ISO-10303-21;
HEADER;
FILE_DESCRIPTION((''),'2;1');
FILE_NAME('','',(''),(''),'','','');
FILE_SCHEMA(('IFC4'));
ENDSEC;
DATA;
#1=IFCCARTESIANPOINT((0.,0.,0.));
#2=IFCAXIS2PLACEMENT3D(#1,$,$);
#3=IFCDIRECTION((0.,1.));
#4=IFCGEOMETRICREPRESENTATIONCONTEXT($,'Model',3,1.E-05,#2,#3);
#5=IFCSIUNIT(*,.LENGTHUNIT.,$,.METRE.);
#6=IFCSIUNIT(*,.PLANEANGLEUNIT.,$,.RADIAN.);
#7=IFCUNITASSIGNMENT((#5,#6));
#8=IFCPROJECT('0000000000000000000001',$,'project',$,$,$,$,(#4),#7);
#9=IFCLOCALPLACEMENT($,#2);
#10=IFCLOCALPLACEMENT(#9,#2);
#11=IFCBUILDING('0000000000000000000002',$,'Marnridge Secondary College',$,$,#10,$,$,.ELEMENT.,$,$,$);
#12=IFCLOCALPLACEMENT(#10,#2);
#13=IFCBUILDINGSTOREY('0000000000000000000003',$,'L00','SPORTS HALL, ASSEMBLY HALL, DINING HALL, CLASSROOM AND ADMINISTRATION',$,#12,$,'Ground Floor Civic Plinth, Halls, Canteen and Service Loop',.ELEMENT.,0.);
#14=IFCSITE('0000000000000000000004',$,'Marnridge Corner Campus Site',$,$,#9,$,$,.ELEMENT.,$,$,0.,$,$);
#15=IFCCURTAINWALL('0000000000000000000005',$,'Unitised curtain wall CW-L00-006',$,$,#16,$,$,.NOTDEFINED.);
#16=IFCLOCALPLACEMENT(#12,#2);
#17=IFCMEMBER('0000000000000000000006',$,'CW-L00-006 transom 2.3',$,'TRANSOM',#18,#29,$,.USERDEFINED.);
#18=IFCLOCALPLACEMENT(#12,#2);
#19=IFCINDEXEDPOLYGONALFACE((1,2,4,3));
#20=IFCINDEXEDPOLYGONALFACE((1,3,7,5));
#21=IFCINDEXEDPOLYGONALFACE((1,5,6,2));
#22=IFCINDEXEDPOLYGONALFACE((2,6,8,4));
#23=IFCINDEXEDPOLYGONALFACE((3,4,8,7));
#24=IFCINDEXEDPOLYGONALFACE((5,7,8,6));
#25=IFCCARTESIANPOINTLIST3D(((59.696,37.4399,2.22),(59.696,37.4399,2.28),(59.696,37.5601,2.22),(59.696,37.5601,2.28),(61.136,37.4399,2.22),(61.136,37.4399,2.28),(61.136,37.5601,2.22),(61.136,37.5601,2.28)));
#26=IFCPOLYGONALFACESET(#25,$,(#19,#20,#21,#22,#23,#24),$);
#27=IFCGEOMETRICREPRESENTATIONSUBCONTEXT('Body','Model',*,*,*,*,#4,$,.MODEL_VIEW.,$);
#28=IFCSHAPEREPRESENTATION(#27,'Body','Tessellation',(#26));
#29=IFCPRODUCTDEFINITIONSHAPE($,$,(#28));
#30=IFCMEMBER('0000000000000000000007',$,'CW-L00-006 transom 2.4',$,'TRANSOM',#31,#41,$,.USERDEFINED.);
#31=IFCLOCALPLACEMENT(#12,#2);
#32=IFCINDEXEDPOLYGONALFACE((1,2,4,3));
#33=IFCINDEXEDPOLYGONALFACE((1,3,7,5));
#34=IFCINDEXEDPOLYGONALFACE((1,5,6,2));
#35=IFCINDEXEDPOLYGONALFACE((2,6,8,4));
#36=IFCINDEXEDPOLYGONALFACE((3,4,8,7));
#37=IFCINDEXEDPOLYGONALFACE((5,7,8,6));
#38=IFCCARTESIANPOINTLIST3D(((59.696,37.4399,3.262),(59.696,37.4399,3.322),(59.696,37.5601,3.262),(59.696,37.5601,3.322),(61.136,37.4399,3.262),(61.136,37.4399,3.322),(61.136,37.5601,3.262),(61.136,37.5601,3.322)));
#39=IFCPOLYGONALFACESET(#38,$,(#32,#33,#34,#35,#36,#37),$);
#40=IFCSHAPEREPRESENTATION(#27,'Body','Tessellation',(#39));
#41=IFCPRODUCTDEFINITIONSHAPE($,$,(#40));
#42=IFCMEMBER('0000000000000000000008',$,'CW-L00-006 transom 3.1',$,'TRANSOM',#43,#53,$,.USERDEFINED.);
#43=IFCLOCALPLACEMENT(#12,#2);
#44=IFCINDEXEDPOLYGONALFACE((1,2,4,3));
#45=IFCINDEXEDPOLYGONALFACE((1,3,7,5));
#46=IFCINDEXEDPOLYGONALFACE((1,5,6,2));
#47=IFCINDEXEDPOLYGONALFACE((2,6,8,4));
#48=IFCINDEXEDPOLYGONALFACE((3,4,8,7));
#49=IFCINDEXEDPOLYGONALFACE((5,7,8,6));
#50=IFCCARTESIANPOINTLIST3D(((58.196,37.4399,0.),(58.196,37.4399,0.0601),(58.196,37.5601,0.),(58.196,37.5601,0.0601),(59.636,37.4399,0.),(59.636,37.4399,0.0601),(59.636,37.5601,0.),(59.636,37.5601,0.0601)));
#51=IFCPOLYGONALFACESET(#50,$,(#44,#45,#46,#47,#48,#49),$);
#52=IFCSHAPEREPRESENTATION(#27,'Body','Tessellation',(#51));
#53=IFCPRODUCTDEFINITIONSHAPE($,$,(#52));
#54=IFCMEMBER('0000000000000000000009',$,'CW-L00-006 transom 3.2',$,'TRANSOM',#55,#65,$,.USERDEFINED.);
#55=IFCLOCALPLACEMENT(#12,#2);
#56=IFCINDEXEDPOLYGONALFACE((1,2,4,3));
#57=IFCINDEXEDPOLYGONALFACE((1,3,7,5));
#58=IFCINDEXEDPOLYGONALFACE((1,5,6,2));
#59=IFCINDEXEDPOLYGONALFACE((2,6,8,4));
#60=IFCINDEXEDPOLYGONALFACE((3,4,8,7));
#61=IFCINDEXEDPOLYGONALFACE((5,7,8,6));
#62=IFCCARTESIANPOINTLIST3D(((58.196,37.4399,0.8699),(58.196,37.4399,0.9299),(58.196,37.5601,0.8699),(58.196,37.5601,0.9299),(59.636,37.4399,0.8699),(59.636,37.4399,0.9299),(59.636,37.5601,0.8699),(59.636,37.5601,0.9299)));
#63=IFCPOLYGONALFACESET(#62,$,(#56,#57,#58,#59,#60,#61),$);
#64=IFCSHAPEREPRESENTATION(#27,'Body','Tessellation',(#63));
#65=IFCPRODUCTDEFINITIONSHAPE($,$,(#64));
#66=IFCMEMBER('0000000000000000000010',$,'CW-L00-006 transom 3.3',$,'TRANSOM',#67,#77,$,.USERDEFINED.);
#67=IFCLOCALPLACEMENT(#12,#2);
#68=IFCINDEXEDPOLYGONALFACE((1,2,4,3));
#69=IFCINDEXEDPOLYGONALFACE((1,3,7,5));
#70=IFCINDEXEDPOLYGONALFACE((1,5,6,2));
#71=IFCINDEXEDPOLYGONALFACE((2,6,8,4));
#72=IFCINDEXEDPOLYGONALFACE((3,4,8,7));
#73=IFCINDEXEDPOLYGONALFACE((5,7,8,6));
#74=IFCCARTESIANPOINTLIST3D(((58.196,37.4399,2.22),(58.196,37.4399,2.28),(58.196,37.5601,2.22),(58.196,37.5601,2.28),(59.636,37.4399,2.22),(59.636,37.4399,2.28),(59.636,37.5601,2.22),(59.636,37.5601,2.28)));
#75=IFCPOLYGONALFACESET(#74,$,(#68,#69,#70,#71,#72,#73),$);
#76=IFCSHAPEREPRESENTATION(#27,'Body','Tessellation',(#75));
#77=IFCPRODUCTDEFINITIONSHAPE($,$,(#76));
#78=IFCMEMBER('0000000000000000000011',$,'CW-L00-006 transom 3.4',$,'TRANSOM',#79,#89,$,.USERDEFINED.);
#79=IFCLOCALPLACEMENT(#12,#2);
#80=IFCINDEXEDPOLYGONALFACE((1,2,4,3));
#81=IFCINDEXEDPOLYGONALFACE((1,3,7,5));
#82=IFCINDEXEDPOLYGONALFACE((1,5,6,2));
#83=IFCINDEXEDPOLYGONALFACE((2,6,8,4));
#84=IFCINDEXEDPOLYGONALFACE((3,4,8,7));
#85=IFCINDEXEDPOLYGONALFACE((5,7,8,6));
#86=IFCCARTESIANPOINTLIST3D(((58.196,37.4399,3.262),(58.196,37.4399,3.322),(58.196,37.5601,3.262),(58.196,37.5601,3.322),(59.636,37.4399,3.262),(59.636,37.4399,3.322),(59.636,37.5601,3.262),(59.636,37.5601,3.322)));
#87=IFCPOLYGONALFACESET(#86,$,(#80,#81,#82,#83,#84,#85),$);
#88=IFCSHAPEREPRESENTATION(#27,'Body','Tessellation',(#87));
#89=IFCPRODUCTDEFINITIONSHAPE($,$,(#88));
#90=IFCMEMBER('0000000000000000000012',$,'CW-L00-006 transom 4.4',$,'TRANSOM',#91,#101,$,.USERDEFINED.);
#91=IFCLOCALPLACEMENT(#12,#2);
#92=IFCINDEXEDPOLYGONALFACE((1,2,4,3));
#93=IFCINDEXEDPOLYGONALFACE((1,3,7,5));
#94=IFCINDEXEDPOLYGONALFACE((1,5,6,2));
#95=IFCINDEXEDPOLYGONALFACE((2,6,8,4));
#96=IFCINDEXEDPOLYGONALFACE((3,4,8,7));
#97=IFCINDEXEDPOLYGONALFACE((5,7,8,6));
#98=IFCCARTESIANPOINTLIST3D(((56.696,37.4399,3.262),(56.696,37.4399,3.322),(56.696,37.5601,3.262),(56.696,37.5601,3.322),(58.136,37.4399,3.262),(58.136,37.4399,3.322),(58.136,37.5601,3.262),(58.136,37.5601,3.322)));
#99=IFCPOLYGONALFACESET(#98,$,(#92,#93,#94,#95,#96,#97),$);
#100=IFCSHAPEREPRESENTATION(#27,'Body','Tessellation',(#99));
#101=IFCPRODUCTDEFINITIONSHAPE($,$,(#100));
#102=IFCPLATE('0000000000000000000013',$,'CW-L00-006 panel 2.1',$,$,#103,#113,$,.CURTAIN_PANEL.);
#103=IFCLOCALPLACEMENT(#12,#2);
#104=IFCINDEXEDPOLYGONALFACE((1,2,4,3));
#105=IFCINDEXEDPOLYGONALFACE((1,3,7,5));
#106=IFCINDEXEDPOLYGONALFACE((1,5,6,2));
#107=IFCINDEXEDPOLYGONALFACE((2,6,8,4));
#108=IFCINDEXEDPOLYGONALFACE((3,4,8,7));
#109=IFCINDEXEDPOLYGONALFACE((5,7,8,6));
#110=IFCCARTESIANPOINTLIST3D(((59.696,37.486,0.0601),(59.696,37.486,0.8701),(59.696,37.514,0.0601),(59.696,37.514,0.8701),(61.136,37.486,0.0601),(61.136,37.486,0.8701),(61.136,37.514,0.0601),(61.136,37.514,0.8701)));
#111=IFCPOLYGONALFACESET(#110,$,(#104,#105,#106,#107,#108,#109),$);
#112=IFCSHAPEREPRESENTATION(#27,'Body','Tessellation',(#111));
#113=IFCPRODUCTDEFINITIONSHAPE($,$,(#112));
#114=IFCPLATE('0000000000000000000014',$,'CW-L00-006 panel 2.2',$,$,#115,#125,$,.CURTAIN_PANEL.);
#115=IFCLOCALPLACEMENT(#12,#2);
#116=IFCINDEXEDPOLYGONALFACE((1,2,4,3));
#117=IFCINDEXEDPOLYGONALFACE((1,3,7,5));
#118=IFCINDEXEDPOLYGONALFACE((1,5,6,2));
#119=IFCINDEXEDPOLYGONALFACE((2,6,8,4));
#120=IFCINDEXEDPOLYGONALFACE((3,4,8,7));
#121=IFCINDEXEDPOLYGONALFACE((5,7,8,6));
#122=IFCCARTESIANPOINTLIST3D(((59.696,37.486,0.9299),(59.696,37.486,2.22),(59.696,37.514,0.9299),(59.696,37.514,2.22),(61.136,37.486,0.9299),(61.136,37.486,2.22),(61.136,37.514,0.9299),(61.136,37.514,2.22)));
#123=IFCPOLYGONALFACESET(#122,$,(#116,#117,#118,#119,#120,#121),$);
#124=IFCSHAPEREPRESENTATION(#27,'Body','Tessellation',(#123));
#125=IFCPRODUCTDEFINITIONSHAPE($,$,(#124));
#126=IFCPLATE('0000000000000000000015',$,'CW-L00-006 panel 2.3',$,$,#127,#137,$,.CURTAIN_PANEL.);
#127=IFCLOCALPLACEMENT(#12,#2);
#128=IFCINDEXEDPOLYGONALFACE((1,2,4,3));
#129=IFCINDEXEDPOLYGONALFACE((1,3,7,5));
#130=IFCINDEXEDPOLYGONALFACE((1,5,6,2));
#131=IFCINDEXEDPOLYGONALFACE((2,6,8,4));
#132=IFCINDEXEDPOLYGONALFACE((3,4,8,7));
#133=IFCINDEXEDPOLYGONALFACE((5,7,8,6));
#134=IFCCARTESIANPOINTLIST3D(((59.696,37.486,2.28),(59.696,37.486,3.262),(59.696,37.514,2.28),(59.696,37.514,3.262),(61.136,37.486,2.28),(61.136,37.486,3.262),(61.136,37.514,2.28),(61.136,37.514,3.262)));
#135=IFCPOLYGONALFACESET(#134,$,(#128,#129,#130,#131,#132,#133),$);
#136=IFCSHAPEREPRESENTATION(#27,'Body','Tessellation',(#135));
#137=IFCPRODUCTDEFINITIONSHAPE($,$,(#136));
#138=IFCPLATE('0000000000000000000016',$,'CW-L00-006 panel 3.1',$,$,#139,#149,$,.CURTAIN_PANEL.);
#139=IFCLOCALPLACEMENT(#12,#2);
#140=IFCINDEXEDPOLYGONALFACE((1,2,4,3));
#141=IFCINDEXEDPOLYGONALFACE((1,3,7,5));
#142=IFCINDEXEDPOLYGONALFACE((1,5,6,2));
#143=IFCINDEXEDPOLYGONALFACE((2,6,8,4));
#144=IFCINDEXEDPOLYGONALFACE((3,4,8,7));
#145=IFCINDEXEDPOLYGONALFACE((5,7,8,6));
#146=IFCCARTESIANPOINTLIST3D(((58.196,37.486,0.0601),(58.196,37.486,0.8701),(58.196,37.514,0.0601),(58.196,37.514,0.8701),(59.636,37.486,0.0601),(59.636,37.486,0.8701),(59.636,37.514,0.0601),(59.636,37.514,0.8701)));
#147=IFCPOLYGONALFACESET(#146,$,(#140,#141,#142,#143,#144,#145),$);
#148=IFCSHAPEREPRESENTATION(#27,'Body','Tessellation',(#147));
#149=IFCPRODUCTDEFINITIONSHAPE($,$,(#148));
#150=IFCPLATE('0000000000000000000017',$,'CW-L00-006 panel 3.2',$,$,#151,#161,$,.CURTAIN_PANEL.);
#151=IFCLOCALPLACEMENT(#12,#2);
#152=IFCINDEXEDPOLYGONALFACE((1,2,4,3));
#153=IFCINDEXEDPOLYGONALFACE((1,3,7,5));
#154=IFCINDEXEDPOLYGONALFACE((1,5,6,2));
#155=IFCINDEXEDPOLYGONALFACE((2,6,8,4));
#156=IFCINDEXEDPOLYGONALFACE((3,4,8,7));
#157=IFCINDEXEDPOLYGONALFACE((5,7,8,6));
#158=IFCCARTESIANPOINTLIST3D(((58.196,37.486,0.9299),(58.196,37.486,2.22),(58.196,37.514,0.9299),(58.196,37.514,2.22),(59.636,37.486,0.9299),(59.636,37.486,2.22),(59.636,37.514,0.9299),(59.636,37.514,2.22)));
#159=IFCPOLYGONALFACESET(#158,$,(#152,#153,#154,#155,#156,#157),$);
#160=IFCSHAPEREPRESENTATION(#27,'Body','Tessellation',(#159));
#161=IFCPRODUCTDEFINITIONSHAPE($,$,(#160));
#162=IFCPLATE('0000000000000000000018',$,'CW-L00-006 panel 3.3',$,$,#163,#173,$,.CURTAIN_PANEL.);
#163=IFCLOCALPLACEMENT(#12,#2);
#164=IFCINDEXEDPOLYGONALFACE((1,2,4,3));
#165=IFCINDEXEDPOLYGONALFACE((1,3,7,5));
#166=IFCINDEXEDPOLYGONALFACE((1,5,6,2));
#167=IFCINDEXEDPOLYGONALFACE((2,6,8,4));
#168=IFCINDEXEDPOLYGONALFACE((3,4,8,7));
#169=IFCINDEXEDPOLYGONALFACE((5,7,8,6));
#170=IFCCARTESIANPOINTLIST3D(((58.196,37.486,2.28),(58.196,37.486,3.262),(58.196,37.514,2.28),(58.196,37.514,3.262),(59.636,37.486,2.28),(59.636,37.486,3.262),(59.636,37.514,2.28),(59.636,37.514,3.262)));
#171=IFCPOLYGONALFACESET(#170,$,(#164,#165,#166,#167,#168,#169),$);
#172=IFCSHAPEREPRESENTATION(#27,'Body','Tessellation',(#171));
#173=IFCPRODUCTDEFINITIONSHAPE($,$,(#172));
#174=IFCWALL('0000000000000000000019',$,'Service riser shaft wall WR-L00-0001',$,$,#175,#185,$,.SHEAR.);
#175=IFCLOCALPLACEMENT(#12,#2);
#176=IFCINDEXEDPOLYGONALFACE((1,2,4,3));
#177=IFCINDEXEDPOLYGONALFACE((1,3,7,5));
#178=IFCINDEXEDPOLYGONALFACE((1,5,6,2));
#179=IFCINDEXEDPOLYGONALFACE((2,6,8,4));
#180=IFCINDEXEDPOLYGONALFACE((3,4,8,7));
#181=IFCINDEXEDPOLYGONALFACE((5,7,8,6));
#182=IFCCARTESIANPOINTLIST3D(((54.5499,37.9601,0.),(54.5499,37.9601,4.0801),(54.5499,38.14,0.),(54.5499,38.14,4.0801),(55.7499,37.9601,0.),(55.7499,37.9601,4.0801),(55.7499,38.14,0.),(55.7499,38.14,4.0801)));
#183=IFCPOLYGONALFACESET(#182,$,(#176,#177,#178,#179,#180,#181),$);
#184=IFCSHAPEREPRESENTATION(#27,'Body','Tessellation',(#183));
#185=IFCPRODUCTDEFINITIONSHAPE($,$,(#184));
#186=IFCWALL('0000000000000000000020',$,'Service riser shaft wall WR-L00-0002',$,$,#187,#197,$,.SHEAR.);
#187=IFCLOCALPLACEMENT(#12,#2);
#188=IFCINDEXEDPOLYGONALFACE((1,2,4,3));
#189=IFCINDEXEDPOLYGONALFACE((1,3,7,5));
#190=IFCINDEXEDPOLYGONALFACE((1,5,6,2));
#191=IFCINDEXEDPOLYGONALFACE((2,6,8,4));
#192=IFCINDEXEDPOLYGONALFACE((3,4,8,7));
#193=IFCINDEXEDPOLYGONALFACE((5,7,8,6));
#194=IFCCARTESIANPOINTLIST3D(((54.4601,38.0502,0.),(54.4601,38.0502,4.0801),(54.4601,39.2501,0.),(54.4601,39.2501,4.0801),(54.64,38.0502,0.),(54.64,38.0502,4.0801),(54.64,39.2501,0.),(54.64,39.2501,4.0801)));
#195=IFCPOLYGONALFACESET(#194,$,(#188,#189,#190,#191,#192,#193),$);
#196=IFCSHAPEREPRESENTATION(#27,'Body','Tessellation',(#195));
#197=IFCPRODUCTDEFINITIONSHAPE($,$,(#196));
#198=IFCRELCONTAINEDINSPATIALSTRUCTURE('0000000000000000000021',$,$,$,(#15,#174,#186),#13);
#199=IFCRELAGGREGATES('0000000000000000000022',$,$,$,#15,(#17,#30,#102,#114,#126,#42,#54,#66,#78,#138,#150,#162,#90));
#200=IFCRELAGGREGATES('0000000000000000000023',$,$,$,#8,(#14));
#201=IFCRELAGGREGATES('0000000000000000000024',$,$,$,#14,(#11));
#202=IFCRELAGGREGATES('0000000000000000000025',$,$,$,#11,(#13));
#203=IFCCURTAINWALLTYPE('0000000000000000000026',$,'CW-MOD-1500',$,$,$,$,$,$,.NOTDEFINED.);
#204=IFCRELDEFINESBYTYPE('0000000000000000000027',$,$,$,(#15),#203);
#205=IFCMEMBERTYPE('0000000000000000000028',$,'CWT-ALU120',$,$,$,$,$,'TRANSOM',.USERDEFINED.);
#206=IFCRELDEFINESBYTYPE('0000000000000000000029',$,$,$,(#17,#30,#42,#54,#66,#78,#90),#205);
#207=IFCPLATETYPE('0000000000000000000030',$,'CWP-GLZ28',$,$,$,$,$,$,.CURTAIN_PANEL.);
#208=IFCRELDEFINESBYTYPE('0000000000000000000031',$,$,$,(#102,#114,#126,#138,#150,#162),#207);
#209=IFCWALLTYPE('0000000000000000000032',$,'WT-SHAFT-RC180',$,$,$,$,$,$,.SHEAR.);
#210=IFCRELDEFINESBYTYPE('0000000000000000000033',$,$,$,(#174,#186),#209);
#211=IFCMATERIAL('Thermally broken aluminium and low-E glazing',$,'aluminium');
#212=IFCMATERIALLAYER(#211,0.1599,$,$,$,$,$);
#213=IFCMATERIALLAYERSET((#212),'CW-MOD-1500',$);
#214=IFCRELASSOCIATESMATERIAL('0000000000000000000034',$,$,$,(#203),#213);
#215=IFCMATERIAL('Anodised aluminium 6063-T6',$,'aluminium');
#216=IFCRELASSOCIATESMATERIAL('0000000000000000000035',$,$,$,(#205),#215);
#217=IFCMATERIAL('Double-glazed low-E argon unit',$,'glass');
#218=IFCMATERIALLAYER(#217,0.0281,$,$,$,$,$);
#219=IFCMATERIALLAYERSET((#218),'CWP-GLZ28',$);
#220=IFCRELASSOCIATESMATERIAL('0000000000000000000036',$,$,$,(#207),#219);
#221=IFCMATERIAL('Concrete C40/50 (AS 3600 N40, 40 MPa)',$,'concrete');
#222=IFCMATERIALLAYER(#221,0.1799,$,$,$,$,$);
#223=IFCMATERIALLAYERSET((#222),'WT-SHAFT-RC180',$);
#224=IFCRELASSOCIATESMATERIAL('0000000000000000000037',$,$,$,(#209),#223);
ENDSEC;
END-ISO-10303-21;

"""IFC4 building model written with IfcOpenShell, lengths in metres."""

from ifc_helpers import new_model, si_unit, direction, frame, frame_2d, origin, origin_2d, place, context, subcontext, project, spatial, rectangle, extrude, material, layer, layer_set, material_profile, profile_set, type_object, element, aggregate, save


model = new_model("IFC4")

# Units and contexts
model_context = context("Model", 3, precision=1e-05, world=origin(), true_north=direction((0.0, 1.0)))
body_context = subcontext(model_context, "Body", "Model", "MODEL_VIEW")
ifc_project = project(units=[si_unit("LENGTHUNIT", "METRE"), si_unit("PLANEANGLEUNIT", "RADIAN")], contexts=[model_context])

# Site, building, storey
site_placement = place(None, origin())
site = spatial("IfcSite", under=ifc_project, at=site_placement, Name="Marnridge Corner Campus Site", CompositionType="ELEMENT", RefElevation=0.0)
building_placement = place(site_placement, origin())
building = spatial("IfcBuilding", under=site, at=building_placement, Name="Marnridge Secondary College", CompositionType="ELEMENT")
storey_placement = place(building_placement, origin())
storey = spatial("IfcBuildingStorey", under=building, at=storey_placement, Name="L00", Description="SPORTS HALL, ASSEMBLY HALL, DINING HALL, CLASSROOM AND ADMINISTRATION", LongName="Ground Floor Civic Plinth, Halls, Canteen and Service Loop", CompositionType="ELEMENT", Elevation=0.0)

# Curtain wall, members, plates
ifc_material_1 = material(Name="Thermally broken aluminium and low-E glazing", Category="aluminium")
ifc_layer_1 = layer(ifc_material_1, 0.1599)
ifc_layer_set_1 = layer_set([ifc_layer_1], Name="CW-MOD-1500")
curtain_wall_type = type_object("IfcCurtainWallType", Name="CW-MOD-1500", PredefinedType="NOTDEFINED", material=ifc_layer_set_1)
curtain_wall_placement = place(storey_placement, origin())
curtain_wall = element("IfcCurtainWall", 1, at=curtain_wall_placement, inside=storey, type_object=curtain_wall_type, Name="Unitised curtain wall CW-L00-006", PredefinedType="NOTDEFINED")
ifc_material_2 = material(Name="Anodised aluminium 6063-T6", Category="aluminium")
ifc_material_profile_1 = material_profile(ifc_material_2, rectangle(XDim=0.0601, YDim=0.1201, at=origin_2d()), Name="ALU 60x120")
ifc_profile_set_1 = profile_set([ifc_material_profile_1], Name="Anodised aluminium 6063-T6")
member_type_1 = type_object("IfcMemberType", Name="CWT-ALU120", ElementType="TRANSOM", PredefinedType="USERDEFINED", material=ifc_profile_set_1)
member_1_placement = place(storey_placement, frame((61.136, 37.5, 2.25), z_axis=(-1.0, 0.0, 0.0), x_axis=(0.0, 0.0, 1.0)))
member_1 = element("IfcMember", 2, at=member_1_placement, type_object=member_type_1, Name="CW-L00-006 transom 2.3", ObjectType="TRANSOM", PredefinedType="USERDEFINED", context=body_context, shape_type="SweptSolid", body=[
    extrude(rectangle(XDim=0.0601, YDim=0.1201, at=origin_2d()), origin(), (0.0, 0.0, 1.0), 1.4399),
])
member_2_placement = place(storey_placement, frame((61.136, 37.5, 3.292), z_axis=(-1.0, 0.0, 0.0), x_axis=(0.0, 0.0, 1.0)))
member_2 = element("IfcMember", 3, at=member_2_placement, type_object=member_type_1, Name="CW-L00-006 transom 2.4", ObjectType="TRANSOM", PredefinedType="USERDEFINED", context=body_context, shape_type="SweptSolid", body=[
    extrude(rectangle(XDim=0.0601, YDim=0.1201, at=origin_2d()), origin(), (0.0, 0.0, 1.0), 1.4399),
])
member_3_placement = place(storey_placement, frame((59.636, 37.5, 0.03), z_axis=(-1.0, 0.0, 0.0), x_axis=(0.0, 0.0, 1.0)))
member_3 = element("IfcMember", 4, at=member_3_placement, type_object=member_type_1, Name="CW-L00-006 transom 3.1", ObjectType="TRANSOM", PredefinedType="USERDEFINED", context=body_context, shape_type="SweptSolid", body=[
    extrude(rectangle(XDim=0.0601, YDim=0.1201, at=origin_2d()), origin(), (0.0, 0.0, 1.0), 1.4399),
])
member_4_placement = place(storey_placement, frame((59.636, 37.5, 0.8999), z_axis=(-1.0, 0.0, 0.0), x_axis=(0.0, 0.0, 1.0)))
member_4 = element("IfcMember", 5, at=member_4_placement, type_object=member_type_1, Name="CW-L00-006 transom 3.2", ObjectType="TRANSOM", PredefinedType="USERDEFINED", context=body_context, shape_type="SweptSolid", body=[
    extrude(rectangle(XDim=0.0601, YDim=0.1201, at=origin_2d()), origin(), (0.0, 0.0, 1.0), 1.4399),
])
member_5_placement = place(storey_placement, frame((59.636, 37.5, 2.25), z_axis=(-1.0, 0.0, 0.0), x_axis=(0.0, 0.0, 1.0)))
member_5 = element("IfcMember", 6, at=member_5_placement, type_object=member_type_1, Name="CW-L00-006 transom 3.3", ObjectType="TRANSOM", PredefinedType="USERDEFINED", context=body_context, shape_type="SweptSolid", body=[
    extrude(rectangle(XDim=0.0601, YDim=0.1201, at=origin_2d()), origin(), (0.0, 0.0, 1.0), 1.4399),
])
member_6_placement = place(storey_placement, frame((59.636, 37.5, 3.292), z_axis=(-1.0, 0.0, 0.0), x_axis=(0.0, 0.0, 1.0)))
member_6 = element("IfcMember", 7, at=member_6_placement, type_object=member_type_1, Name="CW-L00-006 transom 3.4", ObjectType="TRANSOM", PredefinedType="USERDEFINED", context=body_context, shape_type="SweptSolid", body=[
    extrude(rectangle(XDim=0.0601, YDim=0.1201, at=origin_2d()), origin(), (0.0, 0.0, 1.0), 1.4399),
])
member_7_placement = place(storey_placement, frame((58.136, 37.5, 3.292), z_axis=(-1.0, 0.0, 0.0), x_axis=(0.0, 0.0, 1.0)))
member_7 = element("IfcMember", 8, at=member_7_placement, type_object=member_type_1, Name="CW-L00-006 transom 4.4", ObjectType="TRANSOM", PredefinedType="USERDEFINED", context=body_context, shape_type="SweptSolid", body=[
    extrude(rectangle(XDim=0.0601, YDim=0.1201, at=origin_2d()), origin(), (0.0, 0.0, 1.0), 1.4399),
])
ifc_material_3 = material(Name="Double-glazed low-E argon unit", Category="glass")
ifc_layer_2 = layer(ifc_material_3, 0.0281)
ifc_layer_set_2 = layer_set([ifc_layer_2], Name="CWP-GLZ28")
plate_type = type_object("IfcPlateType", Name="CWP-GLZ28", PredefinedType="CURTAIN_PANEL", material=ifc_layer_set_2)
plate_1_placement = place(storey_placement, frame((60.416, 37.5, 0.0601), z_axis=(0.0, 0.0, 1.0), x_axis=(-1.0, 0.0, 0.0)))
plate_1 = element("IfcPlate", 9, at=plate_1_placement, type_object=plate_type, Name="CW-L00-006 panel 2.1", PredefinedType="CURTAIN_PANEL", context=body_context, shape_type="SweptSolid", body=[
    extrude(rectangle(XDim=1.4399, YDim=0.0281, at=origin_2d()), origin(), (0.0, 0.0, 1.0), 0.8101),
])
plate_2_placement = place(storey_placement, frame((60.416, 37.5, 0.9299), z_axis=(0.0, 0.0, 1.0), x_axis=(-1.0, 0.0, 0.0)))
plate_2 = element("IfcPlate", 10, at=plate_2_placement, type_object=plate_type, Name="CW-L00-006 panel 2.2", PredefinedType="CURTAIN_PANEL", context=body_context, shape_type="SweptSolid", body=[
    extrude(rectangle(XDim=1.4399, YDim=0.0281, at=origin_2d()), origin(), (0.0, 0.0, 1.0), 1.29),
])
plate_3_placement = place(storey_placement, frame((60.416, 37.5, 2.28), z_axis=(0.0, 0.0, 1.0), x_axis=(-1.0, 0.0, 0.0)))
plate_3 = element("IfcPlate", 11, at=plate_3_placement, type_object=plate_type, Name="CW-L00-006 panel 2.3", PredefinedType="CURTAIN_PANEL", context=body_context, shape_type="SweptSolid", body=[
    extrude(rectangle(XDim=1.4399, YDim=0.0281, at=origin_2d()), origin(), (0.0, 0.0, 1.0), 0.9819),
])
plate_4_placement = place(storey_placement, frame((58.916, 37.5, 0.0601), z_axis=(0.0, 0.0, 1.0), x_axis=(-1.0, 0.0, 0.0)))
plate_4 = element("IfcPlate", 12, at=plate_4_placement, type_object=plate_type, Name="CW-L00-006 panel 3.1", PredefinedType="CURTAIN_PANEL", context=body_context, shape_type="SweptSolid", body=[
    extrude(rectangle(XDim=1.4399, YDim=0.0281, at=origin_2d()), origin(), (0.0, 0.0, 1.0), 0.8101),
])
plate_5_placement = place(storey_placement, frame((58.916, 37.5, 0.9299), z_axis=(0.0, 0.0, 1.0), x_axis=(-1.0, 0.0, 0.0)))
plate_5 = element("IfcPlate", 13, at=plate_5_placement, type_object=plate_type, Name="CW-L00-006 panel 3.2", PredefinedType="CURTAIN_PANEL", context=body_context, shape_type="SweptSolid", body=[
    extrude(rectangle(XDim=1.4399, YDim=0.0281, at=origin_2d()), origin(), (0.0, 0.0, 1.0), 1.29),
])
plate_6_placement = place(storey_placement, frame((58.916, 37.5, 2.28), z_axis=(0.0, 0.0, 1.0), x_axis=(-1.0, 0.0, 0.0)))
plate_6 = element("IfcPlate", 14, at=plate_6_placement, type_object=plate_type, Name="CW-L00-006 panel 3.3", PredefinedType="CURTAIN_PANEL", context=body_context, shape_type="SweptSolid", body=[
    extrude(rectangle(XDim=1.4399, YDim=0.0281, at=origin_2d()), origin(), (0.0, 0.0, 1.0), 0.9819),
])
aggregate(curtain_wall, [member_1, member_2, plate_1, plate_2, plate_3, member_3, member_4, member_5, member_6, plate_4, plate_5, plate_6, member_7])

# Walls
ifc_material_4 = material(Name="Concrete C40/50 (AS 3600 N40, 40 MPa)", Category="concrete")
ifc_layer_3 = layer(ifc_material_4, 0.1799)
ifc_layer_set_3 = layer_set([ifc_layer_3], Name="WT-SHAFT-RC180")
wall_type = type_object("IfcWallType", Name="WT-SHAFT-RC180", PredefinedType="SHEAR", material=ifc_layer_set_3)
for number, where, z_axis, x_axis, name in (
    (15, (55.75, 38.05, 0.0), (0.0, 0.0, 1.0), (-1.0, 0.0, 0.0), "Service riser shaft wall WR-L00-0001"),
    (16, (54.55, 38.05, 0.0), (0.0, 0.0, 1.0), (0.0, 1.0, 0.0), "Service riser shaft wall WR-L00-0002"),
):
    element("IfcWall", number, at=place(storey_placement, frame(where, z_axis=z_axis, x_axis=x_axis)), inside=storey, type_object=wall_type, Name=name, PredefinedType="SHEAR", context=body_context, shape_type="SweptSolid", body=[
        extrude(rectangle(XDim=1.2, YDim=0.1799, at=frame_2d((0.6001, 0.0))), origin(), (0.0, 0.0, 1.0), 4.0801),
    ])

save(model, "model.ifc")
